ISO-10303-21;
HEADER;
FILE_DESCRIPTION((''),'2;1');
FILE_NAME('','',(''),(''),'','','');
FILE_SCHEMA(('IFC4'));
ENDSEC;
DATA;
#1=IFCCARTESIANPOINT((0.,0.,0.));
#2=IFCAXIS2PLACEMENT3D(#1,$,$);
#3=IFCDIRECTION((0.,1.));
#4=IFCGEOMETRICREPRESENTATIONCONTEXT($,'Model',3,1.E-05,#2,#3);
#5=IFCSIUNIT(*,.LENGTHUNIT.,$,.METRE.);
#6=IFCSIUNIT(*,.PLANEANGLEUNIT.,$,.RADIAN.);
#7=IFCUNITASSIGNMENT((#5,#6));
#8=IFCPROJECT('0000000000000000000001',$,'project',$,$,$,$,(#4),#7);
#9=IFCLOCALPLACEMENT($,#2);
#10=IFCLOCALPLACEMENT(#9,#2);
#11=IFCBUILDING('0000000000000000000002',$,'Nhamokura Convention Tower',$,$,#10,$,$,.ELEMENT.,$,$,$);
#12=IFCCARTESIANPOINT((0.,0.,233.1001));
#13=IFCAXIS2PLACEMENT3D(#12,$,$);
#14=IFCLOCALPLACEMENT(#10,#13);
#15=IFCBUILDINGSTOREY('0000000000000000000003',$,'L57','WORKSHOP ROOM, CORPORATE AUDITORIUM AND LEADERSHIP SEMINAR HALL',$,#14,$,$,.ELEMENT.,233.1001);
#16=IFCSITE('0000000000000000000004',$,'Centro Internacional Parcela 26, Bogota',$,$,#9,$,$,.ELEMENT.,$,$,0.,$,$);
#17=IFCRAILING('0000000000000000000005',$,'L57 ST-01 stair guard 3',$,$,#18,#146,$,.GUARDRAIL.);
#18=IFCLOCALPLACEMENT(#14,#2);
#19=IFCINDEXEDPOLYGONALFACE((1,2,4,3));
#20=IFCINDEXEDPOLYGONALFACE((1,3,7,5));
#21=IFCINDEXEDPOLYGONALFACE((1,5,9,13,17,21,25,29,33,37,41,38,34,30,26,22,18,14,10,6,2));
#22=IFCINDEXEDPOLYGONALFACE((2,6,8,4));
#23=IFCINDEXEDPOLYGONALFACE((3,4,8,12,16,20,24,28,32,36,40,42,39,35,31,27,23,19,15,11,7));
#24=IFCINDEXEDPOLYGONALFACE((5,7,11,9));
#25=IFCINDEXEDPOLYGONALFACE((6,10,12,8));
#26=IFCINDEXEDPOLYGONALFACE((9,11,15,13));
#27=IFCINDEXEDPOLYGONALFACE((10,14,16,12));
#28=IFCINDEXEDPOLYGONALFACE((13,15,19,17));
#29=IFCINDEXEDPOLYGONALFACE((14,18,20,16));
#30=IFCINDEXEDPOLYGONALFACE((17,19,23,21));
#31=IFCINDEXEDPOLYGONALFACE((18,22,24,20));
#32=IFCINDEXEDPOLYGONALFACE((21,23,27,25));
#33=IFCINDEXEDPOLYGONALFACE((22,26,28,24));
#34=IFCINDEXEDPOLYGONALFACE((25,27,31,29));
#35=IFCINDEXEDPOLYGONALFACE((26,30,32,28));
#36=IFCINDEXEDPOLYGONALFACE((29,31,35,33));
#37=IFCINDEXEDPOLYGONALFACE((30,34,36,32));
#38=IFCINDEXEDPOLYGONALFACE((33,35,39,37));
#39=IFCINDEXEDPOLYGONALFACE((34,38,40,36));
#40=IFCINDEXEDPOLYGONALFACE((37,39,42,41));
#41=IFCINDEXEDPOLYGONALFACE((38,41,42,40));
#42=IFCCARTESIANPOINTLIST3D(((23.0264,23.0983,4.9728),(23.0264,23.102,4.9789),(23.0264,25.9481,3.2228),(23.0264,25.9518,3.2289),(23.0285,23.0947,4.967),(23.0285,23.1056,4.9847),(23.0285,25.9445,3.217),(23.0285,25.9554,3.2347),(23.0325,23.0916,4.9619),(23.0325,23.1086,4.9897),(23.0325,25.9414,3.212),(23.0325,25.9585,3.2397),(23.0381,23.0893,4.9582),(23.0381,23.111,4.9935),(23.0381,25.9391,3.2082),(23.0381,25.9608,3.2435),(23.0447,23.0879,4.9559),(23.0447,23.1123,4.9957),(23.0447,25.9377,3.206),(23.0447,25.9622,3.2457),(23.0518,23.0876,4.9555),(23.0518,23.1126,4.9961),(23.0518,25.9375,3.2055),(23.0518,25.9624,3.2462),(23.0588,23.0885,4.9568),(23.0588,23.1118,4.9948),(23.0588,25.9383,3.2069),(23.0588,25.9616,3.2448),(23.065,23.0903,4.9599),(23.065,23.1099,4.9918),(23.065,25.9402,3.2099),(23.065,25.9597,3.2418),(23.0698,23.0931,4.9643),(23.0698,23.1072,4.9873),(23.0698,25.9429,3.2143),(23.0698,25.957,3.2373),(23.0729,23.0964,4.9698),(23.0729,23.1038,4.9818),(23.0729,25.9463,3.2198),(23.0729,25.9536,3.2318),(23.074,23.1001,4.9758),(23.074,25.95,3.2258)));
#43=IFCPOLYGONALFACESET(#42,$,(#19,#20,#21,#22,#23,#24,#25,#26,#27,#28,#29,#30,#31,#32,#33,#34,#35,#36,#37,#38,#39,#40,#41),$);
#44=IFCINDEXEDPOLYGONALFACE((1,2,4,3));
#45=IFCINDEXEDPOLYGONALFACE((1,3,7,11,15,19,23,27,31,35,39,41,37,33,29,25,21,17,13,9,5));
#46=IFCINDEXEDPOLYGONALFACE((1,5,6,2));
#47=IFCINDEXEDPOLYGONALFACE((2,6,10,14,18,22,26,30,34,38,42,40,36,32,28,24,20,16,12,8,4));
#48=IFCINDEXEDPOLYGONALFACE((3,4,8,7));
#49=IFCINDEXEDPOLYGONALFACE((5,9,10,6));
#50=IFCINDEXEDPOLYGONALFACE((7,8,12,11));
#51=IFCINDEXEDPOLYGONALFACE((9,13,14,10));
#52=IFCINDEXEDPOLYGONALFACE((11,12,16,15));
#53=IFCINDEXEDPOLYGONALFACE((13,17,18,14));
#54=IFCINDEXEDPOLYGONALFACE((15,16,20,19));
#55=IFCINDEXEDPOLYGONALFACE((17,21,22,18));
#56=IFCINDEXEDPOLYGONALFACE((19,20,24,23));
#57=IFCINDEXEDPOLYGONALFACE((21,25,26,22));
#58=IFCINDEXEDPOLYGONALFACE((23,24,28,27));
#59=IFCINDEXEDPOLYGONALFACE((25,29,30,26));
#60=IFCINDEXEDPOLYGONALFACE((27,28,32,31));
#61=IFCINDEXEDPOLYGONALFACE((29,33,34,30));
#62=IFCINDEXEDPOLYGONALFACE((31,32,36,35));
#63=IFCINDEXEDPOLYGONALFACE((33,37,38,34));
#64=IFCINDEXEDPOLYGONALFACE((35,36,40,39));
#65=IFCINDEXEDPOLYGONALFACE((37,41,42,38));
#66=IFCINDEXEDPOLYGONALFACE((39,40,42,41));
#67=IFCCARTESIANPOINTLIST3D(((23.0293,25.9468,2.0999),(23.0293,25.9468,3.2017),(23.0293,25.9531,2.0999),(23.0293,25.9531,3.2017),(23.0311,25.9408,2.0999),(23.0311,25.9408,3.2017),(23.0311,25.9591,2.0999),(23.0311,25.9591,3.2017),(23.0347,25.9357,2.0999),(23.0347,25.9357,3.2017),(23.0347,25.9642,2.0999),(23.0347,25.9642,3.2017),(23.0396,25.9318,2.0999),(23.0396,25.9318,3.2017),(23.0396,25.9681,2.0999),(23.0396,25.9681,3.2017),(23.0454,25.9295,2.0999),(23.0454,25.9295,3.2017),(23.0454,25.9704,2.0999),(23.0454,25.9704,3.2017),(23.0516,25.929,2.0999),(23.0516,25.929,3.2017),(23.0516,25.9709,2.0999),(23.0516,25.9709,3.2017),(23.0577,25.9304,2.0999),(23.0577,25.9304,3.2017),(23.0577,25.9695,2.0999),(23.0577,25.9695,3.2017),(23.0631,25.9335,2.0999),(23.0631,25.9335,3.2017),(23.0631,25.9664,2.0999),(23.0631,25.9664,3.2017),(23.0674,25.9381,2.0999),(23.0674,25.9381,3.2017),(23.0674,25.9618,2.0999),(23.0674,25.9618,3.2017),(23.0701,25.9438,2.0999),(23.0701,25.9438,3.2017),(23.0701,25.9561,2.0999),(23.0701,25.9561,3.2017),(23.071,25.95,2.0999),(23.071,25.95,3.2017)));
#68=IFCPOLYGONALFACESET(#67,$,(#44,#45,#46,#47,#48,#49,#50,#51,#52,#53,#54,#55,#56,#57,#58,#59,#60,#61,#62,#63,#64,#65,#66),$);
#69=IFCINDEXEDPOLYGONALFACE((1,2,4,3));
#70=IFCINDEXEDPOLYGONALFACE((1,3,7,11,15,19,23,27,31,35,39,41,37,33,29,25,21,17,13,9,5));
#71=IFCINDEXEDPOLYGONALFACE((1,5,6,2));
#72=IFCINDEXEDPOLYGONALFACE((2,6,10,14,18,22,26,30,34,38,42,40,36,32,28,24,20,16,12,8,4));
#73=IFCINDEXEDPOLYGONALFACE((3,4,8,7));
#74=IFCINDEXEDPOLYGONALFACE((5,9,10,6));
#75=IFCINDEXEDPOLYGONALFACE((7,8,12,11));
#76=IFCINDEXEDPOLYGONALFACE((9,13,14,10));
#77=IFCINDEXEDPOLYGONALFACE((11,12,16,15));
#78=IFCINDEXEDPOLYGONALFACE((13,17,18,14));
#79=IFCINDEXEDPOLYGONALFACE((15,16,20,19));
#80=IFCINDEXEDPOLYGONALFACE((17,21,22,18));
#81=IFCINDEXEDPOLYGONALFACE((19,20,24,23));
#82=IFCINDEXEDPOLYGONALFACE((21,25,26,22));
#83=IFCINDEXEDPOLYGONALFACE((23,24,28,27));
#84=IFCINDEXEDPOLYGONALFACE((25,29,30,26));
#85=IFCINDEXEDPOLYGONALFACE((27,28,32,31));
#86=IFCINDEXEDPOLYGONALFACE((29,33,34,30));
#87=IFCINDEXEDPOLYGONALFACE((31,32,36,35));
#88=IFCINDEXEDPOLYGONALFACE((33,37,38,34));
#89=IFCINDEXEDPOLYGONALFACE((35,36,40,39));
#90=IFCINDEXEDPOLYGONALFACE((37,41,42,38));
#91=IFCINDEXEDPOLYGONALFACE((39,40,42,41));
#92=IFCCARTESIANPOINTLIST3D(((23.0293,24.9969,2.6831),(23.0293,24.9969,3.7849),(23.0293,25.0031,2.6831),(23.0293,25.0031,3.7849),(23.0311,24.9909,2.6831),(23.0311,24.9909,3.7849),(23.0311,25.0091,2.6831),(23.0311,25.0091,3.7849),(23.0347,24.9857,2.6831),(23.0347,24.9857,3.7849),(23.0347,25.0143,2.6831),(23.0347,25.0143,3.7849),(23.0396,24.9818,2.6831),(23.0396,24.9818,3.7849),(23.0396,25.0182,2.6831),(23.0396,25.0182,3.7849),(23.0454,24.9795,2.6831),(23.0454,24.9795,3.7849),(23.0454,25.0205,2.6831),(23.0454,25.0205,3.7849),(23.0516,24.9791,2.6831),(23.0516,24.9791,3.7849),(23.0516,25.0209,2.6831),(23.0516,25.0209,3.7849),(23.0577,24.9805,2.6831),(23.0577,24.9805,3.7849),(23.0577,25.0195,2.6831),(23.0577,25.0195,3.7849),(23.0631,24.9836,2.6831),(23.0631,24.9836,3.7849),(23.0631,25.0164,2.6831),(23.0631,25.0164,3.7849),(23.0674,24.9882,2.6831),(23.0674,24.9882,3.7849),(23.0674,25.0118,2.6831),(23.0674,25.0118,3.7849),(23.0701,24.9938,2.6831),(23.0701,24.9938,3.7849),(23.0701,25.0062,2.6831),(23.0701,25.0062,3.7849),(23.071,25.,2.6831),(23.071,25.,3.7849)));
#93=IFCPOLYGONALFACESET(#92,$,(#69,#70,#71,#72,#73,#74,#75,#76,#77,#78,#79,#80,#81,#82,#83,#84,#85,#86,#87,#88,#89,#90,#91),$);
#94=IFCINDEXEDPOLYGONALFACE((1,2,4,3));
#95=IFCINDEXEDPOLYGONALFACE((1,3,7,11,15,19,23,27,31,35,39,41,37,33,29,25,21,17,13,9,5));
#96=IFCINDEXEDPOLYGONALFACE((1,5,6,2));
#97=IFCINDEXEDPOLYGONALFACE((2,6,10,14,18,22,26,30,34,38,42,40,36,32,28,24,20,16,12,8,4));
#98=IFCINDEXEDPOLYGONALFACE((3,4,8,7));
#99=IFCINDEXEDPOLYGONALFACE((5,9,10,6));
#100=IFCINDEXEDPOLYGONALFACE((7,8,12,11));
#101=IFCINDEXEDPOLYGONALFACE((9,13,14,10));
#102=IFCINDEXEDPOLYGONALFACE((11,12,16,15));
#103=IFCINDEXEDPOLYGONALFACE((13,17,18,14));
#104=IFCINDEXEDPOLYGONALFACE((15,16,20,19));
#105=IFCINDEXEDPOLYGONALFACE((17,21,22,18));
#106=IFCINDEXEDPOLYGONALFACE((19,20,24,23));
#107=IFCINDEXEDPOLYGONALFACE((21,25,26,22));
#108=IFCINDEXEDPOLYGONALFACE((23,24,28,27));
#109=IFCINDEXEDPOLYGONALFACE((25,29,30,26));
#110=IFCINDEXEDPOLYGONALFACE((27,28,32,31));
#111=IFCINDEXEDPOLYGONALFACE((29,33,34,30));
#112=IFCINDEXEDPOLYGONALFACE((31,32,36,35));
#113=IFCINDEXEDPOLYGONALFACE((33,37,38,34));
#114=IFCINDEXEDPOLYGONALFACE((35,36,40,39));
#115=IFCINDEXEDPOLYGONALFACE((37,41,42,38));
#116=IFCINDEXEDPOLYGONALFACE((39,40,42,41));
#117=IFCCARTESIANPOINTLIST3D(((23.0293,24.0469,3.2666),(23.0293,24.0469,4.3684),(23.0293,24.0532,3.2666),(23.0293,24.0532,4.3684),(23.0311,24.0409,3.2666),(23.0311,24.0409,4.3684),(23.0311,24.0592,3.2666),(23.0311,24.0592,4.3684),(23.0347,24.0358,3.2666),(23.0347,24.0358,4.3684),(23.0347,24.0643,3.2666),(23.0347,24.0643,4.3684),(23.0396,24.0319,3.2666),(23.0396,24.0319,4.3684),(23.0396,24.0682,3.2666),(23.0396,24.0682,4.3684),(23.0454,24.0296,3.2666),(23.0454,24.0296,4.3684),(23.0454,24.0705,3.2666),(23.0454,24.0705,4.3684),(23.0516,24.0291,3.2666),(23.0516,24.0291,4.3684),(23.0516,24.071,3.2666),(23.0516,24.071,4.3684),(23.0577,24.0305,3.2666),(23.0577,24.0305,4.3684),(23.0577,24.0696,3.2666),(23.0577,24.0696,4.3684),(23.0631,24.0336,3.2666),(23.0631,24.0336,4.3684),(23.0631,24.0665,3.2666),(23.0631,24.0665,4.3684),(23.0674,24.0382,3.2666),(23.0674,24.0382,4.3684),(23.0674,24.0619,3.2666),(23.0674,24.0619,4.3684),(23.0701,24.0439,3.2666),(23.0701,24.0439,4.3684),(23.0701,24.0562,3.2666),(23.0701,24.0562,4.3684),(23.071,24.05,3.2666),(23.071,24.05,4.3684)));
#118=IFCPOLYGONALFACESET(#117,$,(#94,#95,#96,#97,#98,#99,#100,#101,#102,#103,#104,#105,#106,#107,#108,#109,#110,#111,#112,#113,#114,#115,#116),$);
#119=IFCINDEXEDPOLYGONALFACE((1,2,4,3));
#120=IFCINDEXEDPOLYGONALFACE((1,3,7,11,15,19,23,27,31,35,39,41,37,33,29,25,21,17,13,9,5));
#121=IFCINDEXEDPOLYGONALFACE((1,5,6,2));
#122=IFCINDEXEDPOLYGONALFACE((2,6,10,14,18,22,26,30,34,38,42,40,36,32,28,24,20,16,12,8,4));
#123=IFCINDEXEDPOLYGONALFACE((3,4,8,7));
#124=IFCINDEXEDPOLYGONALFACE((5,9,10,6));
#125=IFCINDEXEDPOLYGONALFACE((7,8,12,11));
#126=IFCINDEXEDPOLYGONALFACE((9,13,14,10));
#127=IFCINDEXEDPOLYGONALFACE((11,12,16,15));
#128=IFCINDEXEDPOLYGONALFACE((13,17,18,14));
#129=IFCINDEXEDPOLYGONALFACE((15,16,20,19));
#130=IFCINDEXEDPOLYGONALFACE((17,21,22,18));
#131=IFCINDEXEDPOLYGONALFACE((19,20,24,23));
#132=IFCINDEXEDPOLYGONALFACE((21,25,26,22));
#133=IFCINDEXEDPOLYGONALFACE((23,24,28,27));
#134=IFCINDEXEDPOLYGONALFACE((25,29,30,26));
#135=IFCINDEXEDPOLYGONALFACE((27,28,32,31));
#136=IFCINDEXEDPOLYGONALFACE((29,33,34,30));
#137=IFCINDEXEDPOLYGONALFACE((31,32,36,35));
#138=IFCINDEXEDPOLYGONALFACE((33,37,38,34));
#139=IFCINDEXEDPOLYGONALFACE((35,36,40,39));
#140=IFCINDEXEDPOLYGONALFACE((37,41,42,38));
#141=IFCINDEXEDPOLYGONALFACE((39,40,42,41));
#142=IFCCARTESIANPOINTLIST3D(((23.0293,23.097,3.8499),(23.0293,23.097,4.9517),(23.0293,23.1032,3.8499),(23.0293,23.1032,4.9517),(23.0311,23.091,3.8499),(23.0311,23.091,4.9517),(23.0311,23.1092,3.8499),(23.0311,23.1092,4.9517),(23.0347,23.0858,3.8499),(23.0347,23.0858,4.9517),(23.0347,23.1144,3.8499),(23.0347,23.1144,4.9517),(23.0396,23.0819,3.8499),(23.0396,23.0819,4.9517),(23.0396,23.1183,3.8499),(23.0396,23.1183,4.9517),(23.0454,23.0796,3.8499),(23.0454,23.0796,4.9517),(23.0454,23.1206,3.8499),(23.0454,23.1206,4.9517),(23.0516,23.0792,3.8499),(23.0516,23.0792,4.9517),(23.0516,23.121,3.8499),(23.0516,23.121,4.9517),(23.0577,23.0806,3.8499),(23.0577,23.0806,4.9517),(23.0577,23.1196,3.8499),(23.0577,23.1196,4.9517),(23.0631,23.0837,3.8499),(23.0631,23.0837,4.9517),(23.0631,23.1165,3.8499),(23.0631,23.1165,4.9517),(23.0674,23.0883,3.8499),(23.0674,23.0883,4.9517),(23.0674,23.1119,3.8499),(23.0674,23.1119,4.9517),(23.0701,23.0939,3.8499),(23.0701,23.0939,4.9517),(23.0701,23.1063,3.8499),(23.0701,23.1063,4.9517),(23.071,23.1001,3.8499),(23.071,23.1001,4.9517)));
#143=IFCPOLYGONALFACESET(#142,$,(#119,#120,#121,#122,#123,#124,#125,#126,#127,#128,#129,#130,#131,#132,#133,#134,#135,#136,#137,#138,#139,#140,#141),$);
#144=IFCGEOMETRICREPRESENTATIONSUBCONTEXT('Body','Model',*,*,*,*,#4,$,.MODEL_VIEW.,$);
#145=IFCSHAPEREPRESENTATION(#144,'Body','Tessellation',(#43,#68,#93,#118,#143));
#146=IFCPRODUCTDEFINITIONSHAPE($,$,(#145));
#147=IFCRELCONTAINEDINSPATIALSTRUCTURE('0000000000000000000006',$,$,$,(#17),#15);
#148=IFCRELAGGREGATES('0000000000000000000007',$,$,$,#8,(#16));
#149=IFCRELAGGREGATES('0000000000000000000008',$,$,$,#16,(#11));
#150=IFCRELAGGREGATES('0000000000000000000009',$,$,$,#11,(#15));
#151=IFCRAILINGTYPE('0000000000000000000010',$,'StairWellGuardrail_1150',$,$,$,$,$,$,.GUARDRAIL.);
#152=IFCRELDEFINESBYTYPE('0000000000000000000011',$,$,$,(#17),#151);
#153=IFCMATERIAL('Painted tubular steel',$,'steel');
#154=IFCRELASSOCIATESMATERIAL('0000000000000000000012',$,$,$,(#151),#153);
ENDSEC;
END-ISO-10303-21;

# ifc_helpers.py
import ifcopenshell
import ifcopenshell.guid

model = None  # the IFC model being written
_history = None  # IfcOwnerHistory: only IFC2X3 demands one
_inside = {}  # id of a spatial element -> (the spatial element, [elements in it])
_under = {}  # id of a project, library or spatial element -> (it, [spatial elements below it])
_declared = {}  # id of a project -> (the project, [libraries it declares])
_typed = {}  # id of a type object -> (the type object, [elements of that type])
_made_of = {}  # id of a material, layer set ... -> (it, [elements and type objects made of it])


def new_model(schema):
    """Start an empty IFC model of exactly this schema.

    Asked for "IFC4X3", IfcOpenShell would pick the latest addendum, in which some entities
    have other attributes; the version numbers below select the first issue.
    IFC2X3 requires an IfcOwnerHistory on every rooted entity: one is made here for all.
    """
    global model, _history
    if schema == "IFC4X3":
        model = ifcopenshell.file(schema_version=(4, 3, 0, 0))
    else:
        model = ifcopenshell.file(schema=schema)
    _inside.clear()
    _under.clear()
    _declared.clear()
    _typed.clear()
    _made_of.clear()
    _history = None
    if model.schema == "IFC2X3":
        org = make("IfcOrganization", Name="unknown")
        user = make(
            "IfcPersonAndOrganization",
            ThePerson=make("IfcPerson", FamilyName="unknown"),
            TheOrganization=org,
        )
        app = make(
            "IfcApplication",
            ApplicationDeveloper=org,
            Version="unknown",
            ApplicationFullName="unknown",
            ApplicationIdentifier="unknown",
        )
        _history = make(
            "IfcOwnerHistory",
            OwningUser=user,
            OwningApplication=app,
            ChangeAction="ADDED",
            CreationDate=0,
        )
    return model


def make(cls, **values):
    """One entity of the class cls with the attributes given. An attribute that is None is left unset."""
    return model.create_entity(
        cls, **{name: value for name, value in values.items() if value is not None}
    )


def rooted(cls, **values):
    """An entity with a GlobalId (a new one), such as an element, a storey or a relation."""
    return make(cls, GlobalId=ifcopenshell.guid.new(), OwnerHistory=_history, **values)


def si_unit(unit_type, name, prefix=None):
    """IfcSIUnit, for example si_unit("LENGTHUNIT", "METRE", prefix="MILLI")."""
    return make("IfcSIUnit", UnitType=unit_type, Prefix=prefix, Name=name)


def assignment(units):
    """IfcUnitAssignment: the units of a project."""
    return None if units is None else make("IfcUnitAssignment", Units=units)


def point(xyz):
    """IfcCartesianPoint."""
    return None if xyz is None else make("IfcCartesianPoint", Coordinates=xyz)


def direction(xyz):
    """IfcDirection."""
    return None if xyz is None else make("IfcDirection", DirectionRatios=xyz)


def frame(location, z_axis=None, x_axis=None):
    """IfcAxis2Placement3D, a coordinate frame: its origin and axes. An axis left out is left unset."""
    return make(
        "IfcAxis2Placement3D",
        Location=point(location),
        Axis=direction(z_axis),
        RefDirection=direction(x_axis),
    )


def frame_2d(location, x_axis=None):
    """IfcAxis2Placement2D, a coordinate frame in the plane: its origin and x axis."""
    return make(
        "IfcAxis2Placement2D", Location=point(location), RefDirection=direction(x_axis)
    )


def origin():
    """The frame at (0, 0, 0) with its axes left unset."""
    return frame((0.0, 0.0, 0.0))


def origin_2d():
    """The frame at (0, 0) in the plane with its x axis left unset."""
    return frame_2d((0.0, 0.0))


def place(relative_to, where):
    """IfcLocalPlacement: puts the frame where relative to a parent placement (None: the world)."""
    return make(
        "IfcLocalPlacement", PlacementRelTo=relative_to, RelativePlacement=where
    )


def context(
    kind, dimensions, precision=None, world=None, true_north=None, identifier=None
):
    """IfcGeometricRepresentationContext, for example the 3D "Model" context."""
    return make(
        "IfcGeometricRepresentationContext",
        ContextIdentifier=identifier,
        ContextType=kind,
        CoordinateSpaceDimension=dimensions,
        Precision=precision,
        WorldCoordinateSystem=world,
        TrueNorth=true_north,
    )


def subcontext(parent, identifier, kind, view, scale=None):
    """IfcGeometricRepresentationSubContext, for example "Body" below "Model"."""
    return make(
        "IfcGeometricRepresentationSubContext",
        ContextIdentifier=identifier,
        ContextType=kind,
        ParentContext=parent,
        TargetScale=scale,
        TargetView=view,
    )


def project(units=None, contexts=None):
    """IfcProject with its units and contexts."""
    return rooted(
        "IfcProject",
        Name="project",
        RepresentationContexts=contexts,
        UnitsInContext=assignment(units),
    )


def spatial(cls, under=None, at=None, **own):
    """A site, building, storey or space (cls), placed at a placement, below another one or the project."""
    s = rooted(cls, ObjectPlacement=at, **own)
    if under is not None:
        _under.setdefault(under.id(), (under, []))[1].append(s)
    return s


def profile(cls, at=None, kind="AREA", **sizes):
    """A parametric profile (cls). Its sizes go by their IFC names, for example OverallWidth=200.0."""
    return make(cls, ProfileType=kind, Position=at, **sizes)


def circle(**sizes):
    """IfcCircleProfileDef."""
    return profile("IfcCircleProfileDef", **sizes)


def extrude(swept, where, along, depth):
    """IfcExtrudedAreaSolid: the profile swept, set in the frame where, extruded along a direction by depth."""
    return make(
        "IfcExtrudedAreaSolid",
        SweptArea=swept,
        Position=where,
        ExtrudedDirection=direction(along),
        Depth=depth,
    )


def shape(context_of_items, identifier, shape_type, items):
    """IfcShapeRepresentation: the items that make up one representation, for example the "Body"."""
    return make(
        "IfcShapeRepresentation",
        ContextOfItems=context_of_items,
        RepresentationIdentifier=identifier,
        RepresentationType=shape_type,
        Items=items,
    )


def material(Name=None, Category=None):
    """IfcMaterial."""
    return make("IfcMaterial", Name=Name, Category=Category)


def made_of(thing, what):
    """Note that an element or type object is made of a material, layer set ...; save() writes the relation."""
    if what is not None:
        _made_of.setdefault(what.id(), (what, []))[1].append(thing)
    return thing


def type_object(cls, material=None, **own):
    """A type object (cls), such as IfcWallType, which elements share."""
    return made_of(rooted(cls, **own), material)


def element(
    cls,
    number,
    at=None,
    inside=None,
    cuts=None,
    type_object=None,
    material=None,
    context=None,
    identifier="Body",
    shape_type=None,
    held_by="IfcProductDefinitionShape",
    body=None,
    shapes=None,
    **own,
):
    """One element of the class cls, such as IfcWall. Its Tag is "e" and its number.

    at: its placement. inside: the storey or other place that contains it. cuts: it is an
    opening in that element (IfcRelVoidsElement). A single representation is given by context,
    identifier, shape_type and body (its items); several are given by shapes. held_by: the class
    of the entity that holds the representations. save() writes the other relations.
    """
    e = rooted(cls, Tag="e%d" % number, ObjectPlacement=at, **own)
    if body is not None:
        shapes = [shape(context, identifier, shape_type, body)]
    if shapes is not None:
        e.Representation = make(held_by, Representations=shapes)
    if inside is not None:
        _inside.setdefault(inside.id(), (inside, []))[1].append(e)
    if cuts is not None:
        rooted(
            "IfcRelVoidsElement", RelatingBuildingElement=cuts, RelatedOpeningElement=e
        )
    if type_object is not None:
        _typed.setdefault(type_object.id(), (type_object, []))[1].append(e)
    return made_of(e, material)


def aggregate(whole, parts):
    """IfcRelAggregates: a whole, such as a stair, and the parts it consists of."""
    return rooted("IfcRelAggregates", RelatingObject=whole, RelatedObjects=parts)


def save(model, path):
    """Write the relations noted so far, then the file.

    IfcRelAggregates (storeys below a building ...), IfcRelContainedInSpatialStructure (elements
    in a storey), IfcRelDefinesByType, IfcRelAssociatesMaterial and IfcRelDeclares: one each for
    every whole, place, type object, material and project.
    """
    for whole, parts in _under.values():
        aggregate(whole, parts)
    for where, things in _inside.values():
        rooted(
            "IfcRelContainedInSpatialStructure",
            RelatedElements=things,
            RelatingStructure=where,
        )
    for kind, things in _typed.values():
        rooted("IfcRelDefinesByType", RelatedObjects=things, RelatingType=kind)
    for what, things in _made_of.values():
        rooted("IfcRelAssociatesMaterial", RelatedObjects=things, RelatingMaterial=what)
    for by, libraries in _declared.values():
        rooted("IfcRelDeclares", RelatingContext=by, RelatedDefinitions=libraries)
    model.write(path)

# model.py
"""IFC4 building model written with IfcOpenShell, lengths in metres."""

from ifc_helpers import new_model, si_unit, direction, frame, origin, origin_2d, place, context, subcontext, project, spatial, circle, extrude, material, type_object, element, save


model = new_model("IFC4")

# Units and contexts
model_context = context("Model", 3, precision=1e-05, world=origin(), true_north=direction((0.0, 1.0)))
body_context = subcontext(model_context, "Body", "Model", "MODEL_VIEW")
ifc_project = project(units=[si_unit("LENGTHUNIT", "METRE"), si_unit("PLANEANGLEUNIT", "RADIAN")], contexts=[model_context])

# Site, building, storey
site_placement = place(None, origin())
site = spatial("IfcSite", under=ifc_project, at=site_placement, Name="Centro Internacional Parcela 26, Bogota", CompositionType="ELEMENT", RefElevation=0.0)
building_placement = place(site_placement, origin())
building = spatial("IfcBuilding", under=site, at=building_placement, Name="Nhamokura Convention Tower", CompositionType="ELEMENT")
storey_placement = place(building_placement, frame((0.0, 0.0, 233.1001)))
storey = spatial("IfcBuildingStorey", under=building, at=storey_placement, Name="L57", Description="WORKSHOP ROOM, CORPORATE AUDITORIUM AND LEADERSHIP SEMINAR HALL", CompositionType="ELEMENT", Elevation=233.1001)

# Railing
ifc_material_1 = material(Name="Painted tubular steel", Category="steel")
railing_type_1 = type_object("IfcRailingType", Name="StairWellGuardrail_1150", PredefinedType="GUARDRAIL", material=ifc_material_1)
railing_1_placement = place(storey_placement, frame((23.05, 25.95, 2.0999)))
element("IfcRailing", 1, at=railing_1_placement, inside=storey, type_object=railing_type_1, Name="L57 ST-01 stair guard 3", PredefinedType="GUARDRAIL", context=body_context, shape_type="SweptSolid", body=[
    extrude(circle(Radius=0.0239, at=origin_2d()), frame((0.0, 0.0, 1.126), z_axis=(0.0, -0.852159, 0.523283), x_axis=(1.0, 0.0, 0.0)), (0.0, 0.0, 1.0), 3.3442),
    extrude(circle(Radius=0.021, at=origin_2d()), origin(), (0.0, 0.0, 1.0), 1.1018),
    extrude(circle(Radius=0.021, at=origin_2d()), frame((0.0, -0.95, 0.5833)), (0.0, 0.0, 1.0), 1.1018),
    extrude(circle(Radius=0.021, at=origin_2d()), frame((0.0, -1.8999, 1.1667)), (0.0, 0.0, 1.0), 1.1018),
    extrude(circle(Radius=0.021, at=origin_2d()), frame((0.0, -2.8499, 1.75)), (0.0, 0.0, 1.0), 1.1018),
])

save(model, "model.ifc")
